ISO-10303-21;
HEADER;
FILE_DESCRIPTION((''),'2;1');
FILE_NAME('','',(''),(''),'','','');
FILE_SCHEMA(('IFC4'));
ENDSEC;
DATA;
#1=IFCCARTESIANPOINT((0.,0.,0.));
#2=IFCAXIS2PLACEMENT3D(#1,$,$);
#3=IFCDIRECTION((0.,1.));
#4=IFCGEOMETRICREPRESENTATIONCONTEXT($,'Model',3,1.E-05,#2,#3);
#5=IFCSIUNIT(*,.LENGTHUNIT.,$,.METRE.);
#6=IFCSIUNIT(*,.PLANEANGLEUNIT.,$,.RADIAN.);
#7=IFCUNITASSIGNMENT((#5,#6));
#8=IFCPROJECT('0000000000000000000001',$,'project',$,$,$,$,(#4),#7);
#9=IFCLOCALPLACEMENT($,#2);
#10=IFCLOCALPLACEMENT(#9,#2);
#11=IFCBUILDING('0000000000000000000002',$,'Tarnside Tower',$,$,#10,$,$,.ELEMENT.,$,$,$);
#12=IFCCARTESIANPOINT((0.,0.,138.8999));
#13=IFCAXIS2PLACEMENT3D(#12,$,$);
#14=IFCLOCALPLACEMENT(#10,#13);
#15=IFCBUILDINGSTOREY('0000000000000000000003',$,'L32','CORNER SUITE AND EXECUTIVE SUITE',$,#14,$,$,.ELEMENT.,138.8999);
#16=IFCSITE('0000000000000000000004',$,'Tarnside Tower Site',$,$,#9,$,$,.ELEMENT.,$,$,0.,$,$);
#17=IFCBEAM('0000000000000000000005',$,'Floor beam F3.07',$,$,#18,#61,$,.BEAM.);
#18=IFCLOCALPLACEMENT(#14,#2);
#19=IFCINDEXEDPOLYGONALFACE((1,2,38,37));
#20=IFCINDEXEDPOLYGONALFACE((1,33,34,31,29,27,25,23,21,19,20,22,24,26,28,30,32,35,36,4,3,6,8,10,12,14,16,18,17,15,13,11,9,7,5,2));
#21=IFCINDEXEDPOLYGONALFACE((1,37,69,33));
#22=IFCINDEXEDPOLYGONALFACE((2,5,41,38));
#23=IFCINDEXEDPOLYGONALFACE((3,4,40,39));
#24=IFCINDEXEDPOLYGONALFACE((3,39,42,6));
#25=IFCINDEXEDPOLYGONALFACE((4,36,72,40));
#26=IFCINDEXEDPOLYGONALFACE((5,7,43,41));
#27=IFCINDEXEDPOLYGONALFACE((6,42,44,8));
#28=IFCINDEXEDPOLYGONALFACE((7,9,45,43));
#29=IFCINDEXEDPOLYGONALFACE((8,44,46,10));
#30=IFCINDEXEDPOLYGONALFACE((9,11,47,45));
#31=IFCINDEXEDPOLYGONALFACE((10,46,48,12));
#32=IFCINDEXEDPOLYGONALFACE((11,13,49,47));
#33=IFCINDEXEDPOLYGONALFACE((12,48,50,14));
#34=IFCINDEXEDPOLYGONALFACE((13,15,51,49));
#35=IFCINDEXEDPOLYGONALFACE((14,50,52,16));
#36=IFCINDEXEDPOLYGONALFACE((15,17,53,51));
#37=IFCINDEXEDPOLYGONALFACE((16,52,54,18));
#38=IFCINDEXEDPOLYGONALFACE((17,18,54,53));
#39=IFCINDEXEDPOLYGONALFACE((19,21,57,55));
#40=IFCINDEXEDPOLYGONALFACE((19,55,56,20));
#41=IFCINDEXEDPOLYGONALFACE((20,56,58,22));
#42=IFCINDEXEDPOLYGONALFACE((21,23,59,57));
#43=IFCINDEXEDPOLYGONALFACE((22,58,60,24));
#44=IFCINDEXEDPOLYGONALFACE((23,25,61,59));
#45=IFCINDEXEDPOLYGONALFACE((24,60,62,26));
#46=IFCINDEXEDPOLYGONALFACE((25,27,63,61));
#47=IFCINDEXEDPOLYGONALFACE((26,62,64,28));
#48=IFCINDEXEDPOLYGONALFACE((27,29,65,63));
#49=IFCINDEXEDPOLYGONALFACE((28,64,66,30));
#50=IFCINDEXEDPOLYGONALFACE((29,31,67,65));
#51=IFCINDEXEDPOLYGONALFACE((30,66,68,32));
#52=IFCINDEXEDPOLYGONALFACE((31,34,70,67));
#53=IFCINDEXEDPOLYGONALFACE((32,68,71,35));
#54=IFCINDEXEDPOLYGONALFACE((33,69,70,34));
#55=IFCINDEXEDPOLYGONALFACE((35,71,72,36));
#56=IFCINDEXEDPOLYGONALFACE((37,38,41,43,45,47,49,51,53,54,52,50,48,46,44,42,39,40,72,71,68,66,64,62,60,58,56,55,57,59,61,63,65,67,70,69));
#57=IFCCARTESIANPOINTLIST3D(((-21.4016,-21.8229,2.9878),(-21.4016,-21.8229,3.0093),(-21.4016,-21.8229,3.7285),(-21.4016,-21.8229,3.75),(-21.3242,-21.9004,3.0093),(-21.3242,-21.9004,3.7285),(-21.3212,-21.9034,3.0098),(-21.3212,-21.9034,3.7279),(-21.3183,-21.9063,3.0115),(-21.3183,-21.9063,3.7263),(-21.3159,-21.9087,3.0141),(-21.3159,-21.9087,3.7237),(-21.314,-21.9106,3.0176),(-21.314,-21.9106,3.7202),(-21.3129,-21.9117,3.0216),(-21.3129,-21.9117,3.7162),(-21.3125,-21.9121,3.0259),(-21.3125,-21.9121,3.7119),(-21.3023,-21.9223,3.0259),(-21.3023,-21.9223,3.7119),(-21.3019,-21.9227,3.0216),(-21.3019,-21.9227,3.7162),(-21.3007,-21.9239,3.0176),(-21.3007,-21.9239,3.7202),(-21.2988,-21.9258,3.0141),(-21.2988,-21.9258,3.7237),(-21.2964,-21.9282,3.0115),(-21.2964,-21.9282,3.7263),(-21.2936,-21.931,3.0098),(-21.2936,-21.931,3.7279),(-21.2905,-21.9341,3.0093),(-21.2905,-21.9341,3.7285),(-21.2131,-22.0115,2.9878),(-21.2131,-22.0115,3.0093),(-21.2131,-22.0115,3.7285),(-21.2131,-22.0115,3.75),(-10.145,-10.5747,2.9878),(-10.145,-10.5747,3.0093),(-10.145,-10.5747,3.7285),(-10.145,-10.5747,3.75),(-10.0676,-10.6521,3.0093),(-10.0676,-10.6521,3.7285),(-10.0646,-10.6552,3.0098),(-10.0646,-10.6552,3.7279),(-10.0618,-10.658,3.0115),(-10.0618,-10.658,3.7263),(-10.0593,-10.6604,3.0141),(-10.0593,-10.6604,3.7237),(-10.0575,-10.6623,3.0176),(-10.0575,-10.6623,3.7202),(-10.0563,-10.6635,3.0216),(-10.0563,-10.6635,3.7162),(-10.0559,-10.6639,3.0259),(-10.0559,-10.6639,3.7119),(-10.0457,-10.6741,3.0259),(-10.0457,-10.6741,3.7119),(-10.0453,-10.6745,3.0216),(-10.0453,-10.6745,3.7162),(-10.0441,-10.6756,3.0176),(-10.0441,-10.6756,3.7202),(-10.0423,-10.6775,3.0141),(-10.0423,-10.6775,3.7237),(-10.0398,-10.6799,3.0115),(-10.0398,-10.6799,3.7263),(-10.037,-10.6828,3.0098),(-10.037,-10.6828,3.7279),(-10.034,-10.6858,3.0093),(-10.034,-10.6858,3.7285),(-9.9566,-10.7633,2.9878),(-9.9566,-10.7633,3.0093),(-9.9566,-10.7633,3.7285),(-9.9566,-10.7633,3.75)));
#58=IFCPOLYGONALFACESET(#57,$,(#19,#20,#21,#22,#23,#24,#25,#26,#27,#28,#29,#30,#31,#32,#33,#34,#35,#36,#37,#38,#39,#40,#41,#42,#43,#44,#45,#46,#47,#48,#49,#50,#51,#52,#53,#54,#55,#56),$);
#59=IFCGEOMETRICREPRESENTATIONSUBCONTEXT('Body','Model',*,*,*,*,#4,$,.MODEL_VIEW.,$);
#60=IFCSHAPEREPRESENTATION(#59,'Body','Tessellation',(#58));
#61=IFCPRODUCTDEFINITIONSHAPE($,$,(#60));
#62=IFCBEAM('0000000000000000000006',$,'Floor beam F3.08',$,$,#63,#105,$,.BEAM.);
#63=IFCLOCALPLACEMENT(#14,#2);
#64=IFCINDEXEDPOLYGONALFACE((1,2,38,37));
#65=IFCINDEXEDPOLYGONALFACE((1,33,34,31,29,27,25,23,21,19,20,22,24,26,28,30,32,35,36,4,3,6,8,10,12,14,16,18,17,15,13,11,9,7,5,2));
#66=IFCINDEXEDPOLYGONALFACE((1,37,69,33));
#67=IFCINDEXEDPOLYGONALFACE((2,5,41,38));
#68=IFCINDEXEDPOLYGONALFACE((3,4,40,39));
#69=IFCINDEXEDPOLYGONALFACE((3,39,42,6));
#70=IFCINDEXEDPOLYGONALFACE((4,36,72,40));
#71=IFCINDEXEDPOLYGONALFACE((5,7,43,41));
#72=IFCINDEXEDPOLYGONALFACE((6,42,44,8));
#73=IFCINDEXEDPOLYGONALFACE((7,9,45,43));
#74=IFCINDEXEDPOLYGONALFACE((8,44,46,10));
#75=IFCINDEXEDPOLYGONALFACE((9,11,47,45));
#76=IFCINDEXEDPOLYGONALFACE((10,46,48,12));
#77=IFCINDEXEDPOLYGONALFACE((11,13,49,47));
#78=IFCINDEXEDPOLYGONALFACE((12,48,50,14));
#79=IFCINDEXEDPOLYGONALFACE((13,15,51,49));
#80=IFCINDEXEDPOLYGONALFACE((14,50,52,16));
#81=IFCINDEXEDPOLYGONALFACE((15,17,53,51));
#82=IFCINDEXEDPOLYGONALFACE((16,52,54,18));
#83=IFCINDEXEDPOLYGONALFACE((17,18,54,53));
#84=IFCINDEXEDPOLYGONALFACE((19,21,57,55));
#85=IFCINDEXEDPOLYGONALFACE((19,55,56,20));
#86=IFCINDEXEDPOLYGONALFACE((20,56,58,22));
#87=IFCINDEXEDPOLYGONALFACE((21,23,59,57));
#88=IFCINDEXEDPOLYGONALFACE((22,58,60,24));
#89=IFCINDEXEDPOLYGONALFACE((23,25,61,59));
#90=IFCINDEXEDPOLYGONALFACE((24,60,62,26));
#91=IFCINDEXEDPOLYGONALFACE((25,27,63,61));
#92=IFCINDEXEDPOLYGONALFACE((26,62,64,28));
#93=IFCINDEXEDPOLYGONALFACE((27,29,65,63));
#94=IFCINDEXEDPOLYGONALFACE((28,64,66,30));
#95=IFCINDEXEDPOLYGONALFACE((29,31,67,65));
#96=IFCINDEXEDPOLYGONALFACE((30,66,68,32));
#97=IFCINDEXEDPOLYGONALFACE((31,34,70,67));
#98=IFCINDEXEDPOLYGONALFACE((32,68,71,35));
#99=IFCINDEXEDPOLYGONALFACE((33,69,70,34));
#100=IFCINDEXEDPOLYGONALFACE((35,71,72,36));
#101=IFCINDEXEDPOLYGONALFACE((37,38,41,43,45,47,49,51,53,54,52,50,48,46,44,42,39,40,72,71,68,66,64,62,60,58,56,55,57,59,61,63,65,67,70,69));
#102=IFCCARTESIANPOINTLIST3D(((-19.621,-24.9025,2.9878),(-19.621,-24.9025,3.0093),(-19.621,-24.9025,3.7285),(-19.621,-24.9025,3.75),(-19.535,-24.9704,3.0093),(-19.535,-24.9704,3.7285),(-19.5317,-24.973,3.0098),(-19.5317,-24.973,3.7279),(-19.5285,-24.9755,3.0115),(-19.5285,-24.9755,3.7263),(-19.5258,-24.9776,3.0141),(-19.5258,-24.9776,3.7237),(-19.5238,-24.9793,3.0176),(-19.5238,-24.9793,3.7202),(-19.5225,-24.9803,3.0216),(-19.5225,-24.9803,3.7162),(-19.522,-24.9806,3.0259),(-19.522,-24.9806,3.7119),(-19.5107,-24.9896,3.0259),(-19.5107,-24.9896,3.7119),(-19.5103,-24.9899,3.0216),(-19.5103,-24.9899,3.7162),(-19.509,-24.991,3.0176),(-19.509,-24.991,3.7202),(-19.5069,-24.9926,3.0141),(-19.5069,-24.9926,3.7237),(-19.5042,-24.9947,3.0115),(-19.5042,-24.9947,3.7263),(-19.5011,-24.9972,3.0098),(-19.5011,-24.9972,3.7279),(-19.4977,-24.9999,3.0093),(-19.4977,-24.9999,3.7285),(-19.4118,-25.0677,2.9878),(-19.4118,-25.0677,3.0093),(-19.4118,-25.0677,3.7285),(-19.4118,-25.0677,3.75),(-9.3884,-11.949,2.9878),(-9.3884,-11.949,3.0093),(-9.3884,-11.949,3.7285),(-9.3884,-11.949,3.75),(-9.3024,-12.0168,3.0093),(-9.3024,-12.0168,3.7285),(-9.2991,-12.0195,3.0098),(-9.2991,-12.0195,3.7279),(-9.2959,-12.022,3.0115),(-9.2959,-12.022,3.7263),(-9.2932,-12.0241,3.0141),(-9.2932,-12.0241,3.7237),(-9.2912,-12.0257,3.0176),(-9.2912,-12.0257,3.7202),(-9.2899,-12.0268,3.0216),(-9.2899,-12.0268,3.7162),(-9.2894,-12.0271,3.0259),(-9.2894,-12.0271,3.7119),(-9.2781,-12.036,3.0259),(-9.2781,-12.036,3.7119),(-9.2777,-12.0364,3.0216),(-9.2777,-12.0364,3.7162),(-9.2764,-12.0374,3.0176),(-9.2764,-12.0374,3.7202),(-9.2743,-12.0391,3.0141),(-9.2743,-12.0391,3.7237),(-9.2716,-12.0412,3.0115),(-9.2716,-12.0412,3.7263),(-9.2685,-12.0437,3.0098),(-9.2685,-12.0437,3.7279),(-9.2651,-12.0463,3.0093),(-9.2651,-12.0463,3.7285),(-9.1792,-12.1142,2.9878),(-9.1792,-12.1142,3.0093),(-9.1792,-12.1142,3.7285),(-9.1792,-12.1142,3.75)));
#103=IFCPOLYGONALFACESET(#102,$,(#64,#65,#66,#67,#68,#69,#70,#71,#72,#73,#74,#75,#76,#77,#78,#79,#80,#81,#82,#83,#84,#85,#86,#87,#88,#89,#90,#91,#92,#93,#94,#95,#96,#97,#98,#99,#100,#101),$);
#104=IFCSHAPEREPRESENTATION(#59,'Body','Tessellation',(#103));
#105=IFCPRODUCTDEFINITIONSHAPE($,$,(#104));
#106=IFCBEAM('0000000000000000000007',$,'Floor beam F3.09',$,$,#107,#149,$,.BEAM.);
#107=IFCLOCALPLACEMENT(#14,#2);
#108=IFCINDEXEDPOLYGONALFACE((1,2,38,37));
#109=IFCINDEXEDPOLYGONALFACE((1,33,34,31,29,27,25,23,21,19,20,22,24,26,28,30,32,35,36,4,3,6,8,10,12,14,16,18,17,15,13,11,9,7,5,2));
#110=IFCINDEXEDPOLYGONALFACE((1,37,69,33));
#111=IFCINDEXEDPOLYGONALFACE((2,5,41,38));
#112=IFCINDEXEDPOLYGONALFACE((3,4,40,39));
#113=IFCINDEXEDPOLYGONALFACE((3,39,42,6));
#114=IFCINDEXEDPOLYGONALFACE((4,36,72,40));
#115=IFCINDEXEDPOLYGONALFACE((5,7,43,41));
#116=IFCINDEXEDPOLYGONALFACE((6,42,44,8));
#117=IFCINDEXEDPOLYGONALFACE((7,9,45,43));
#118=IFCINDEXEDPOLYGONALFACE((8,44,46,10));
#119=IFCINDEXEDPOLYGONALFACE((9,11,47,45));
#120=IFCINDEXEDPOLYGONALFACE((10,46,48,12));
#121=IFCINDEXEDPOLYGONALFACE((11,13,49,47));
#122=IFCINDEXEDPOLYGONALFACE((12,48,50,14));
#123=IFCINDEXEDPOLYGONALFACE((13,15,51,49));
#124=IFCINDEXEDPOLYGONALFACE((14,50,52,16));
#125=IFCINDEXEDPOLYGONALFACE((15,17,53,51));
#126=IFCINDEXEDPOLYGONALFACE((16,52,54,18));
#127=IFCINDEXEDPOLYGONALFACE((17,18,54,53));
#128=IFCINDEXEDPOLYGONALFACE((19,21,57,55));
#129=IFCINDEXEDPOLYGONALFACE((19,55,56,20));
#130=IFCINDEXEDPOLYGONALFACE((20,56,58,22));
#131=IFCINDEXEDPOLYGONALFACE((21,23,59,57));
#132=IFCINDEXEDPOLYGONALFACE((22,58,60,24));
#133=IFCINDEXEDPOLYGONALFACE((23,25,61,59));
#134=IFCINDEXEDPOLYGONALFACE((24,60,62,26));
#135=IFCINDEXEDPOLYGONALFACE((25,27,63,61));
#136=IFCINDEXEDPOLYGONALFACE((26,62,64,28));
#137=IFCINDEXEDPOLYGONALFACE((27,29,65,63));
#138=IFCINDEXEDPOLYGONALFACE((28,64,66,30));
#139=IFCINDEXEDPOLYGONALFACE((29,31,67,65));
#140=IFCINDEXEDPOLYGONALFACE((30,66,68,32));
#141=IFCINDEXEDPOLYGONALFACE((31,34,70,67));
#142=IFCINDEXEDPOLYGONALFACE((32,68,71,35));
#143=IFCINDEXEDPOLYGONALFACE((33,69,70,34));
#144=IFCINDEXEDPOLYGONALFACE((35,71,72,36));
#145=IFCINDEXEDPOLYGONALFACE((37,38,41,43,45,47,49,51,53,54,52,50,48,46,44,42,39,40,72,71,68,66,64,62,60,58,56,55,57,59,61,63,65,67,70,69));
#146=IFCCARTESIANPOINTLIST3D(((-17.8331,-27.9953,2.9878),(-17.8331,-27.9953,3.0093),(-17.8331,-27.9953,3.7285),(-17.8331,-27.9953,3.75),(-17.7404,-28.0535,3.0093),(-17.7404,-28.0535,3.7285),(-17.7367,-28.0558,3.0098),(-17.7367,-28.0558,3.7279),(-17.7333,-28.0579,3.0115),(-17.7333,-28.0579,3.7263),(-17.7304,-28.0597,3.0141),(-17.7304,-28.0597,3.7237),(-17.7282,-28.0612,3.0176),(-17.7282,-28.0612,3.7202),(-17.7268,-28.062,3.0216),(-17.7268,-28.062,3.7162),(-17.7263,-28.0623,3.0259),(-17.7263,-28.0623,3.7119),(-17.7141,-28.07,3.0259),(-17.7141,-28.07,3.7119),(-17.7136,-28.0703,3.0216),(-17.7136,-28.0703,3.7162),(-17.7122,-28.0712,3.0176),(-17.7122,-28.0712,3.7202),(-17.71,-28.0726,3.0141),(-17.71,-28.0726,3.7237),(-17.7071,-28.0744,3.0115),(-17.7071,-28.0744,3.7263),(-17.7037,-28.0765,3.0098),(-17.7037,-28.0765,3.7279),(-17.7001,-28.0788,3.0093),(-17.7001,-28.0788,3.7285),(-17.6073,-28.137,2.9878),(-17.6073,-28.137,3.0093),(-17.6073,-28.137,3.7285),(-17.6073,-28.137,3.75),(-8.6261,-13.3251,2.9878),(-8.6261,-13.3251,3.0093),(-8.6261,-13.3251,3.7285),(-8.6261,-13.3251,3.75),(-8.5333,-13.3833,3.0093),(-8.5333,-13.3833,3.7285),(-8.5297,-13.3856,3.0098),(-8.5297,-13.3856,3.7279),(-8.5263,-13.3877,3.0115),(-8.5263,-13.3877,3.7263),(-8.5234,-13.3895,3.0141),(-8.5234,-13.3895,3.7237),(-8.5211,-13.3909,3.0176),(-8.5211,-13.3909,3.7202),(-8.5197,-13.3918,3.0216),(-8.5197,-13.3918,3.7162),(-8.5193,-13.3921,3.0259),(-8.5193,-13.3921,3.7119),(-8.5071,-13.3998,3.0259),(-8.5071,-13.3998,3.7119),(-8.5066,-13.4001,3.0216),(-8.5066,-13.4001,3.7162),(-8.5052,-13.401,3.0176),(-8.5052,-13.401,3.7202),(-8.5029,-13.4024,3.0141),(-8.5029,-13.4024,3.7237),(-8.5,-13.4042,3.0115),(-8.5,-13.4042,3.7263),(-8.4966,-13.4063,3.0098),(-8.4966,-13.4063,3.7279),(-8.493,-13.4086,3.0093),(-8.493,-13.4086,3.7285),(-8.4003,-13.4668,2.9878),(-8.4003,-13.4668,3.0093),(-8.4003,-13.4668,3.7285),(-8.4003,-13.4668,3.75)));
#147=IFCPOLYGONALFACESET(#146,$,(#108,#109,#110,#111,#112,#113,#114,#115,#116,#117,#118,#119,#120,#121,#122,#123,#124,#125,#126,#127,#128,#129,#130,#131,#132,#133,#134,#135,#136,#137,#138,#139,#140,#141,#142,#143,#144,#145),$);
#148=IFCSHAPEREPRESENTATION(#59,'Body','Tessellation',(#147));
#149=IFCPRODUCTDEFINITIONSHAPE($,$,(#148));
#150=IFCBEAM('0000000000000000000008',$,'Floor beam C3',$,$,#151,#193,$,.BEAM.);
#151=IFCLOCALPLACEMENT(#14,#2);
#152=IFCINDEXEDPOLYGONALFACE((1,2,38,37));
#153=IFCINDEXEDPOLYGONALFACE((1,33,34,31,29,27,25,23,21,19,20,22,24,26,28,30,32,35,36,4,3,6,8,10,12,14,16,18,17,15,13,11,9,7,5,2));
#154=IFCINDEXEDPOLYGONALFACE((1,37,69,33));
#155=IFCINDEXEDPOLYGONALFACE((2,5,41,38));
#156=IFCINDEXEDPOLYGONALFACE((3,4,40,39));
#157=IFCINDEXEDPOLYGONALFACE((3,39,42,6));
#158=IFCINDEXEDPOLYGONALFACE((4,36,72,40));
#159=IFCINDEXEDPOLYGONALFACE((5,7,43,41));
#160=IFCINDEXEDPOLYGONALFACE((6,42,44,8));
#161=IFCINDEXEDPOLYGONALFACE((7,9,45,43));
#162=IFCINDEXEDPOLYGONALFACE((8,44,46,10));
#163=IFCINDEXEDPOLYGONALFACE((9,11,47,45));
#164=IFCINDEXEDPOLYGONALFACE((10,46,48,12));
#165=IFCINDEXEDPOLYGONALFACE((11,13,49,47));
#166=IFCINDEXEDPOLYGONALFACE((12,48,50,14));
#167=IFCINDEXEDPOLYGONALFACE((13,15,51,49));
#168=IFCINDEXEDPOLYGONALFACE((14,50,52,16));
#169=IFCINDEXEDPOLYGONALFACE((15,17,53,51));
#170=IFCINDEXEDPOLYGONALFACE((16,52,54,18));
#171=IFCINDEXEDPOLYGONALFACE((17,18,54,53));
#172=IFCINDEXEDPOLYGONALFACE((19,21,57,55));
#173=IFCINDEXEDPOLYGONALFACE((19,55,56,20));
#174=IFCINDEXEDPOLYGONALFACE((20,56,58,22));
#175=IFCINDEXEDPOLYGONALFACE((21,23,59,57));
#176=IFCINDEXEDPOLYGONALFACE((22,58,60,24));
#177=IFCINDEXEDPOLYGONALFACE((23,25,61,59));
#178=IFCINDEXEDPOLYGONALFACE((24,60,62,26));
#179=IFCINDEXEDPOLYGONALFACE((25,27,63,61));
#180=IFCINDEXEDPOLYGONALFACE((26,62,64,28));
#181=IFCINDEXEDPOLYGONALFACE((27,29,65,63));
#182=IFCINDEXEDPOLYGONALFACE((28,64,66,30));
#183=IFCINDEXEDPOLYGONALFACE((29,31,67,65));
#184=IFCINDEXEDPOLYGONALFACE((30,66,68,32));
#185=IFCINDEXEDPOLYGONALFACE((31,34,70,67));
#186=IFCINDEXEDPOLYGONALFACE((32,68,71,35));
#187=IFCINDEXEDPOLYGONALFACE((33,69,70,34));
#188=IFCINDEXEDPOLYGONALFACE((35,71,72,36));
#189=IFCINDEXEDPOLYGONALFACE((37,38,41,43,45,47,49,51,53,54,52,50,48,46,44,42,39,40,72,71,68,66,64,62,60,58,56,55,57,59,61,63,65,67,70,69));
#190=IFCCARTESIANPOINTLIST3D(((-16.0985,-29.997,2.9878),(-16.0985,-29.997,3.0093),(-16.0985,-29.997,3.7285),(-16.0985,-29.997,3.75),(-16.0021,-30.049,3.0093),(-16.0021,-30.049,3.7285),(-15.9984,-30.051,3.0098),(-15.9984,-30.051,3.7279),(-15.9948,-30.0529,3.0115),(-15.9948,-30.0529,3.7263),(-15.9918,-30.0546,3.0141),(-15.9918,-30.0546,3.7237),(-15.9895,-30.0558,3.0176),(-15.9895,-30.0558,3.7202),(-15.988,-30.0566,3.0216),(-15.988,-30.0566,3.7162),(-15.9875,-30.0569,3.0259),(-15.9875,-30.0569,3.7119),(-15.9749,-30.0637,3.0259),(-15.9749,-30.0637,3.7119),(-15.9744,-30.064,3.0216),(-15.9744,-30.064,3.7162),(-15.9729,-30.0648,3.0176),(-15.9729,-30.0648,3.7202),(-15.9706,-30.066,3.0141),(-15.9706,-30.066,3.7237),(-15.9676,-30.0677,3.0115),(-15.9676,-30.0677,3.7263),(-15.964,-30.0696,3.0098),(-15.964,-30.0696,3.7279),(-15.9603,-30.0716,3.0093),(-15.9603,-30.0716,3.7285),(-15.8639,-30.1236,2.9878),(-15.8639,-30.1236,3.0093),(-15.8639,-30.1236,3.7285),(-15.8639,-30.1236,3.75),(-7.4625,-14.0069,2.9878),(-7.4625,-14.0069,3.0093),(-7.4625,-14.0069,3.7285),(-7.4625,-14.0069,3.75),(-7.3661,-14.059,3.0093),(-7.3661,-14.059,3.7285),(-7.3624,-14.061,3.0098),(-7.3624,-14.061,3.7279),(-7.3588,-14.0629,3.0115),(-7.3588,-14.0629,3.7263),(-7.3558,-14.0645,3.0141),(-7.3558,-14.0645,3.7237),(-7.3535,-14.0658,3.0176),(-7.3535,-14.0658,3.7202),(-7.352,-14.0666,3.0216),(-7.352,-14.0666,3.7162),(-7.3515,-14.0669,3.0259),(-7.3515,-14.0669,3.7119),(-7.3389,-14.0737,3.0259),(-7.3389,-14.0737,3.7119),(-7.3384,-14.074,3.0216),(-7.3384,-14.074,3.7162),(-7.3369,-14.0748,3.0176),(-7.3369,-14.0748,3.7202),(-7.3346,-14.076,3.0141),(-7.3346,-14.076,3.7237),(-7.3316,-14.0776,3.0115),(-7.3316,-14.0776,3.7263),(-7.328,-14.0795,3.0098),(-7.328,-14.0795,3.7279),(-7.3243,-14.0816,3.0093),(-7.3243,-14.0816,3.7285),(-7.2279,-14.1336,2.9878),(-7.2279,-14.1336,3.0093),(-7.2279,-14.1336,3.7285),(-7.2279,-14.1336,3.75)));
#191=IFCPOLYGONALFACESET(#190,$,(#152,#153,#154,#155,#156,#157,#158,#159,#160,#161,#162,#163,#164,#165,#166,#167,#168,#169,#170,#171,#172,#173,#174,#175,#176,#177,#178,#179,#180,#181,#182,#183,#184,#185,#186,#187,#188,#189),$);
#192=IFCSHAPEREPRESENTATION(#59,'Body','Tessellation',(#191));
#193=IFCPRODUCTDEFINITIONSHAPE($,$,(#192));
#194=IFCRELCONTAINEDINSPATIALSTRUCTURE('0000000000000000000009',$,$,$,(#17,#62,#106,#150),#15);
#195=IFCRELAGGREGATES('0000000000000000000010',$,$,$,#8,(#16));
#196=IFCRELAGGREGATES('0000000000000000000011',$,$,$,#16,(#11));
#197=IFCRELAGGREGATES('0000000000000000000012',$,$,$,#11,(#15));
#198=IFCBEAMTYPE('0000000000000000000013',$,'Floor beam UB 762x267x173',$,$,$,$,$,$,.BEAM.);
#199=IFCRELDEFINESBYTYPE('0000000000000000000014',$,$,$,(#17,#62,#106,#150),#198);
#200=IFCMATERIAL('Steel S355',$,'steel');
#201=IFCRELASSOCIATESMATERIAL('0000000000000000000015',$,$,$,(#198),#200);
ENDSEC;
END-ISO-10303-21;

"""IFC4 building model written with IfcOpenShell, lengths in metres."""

from ifc_helpers import new_model, si_unit, direction, frame, origin, origin_2d, place, context, subcontext, project, spatial, i_section, extrude, material, material_profile, profile_set, type_object, element, save


model = new_model("IFC4")

# Units and contexts
model_context = context("Model", 3, precision=1e-05, world=origin(), true_north=direction((0.0, 1.0)))
body_context = subcontext(model_context, "Body", "Model", "MODEL_VIEW")
ifc_project = project(units=[si_unit("LENGTHUNIT", "METRE"), si_unit("PLANEANGLEUNIT", "RADIAN")], contexts=[model_context])

# Site, building, storey
site_placement = place(None, origin())
site = spatial("IfcSite", under=ifc_project, at=site_placement, Name="Tarnside Tower Site", CompositionType="ELEMENT", RefElevation=0.0)
building_placement = place(site_placement, origin())
building = spatial("IfcBuilding", under=site, at=building_placement, Name="Tarnside Tower", CompositionType="ELEMENT")
storey_placement = place(building_placement, frame((0.0, 0.0, 138.8999)))
storey = spatial("IfcBuildingStorey", under=building, at=storey_placement, Name="L32", Description="CORNER SUITE AND EXECUTIVE SUITE", CompositionType="ELEMENT", Elevation=138.8999)

# Beams
ifc_material_1 = material(Name="Steel S355", Category="steel")
ifc_material_profile_1 = material_profile(ifc_material_1, i_section(OverallWidth=0.2666, OverallDepth=0.7622, WebThickness=0.0144, FlangeThickness=0.0215, FilletRadius=0.0166, at=origin_2d()), Name="UB 762x267x173")
ifc_profile_set_1 = profile_set([ifc_material_profile_1], Name="Steel S355")
beam_type_1 = type_object("IfcBeamType", Name="Floor beam UB 762x267x173", PredefinedType="BEAM", material=ifc_profile_set_1)
beam_1_placement = place(storey_placement, frame((-21.3074, -21.9172, 3.3689), z_axis=(0.707368, 0.706846, 0.0), x_axis=(-0.706846, 0.707368, 0.0)))
element("IfcBeam", 1, at=beam_1_placement, inside=storey, type_object=beam_type_1, Name="Floor beam F3.07", PredefinedType="BEAM", context=body_context, shape_type="SweptSolid", body=[
    extrude(i_section(OverallWidth=0.2666, OverallDepth=0.7622, WebThickness=0.0144, FlangeThickness=0.0215, FilletRadius=0.0166, at=origin_2d()), origin(), (0.0, 0.0, 1.0), 15.9133),
])
beam_2_placement = place(storey_placement, frame((-19.5164, -24.9851, 3.3689), z_axis=(0.619873, 0.784702, 0.0), x_axis=(-0.784702, 0.619873, 0.0)))
element("IfcBeam", 2, at=beam_2_placement, inside=storey, type_object=beam_type_1, Name="Floor beam F3.08", PredefinedType="BEAM", context=body_context, shape_type="SweptSolid", body=[
    extrude(i_section(OverallWidth=0.2666, OverallDepth=0.7622, WebThickness=0.0144, FlangeThickness=0.0215, FilletRadius=0.0166, at=origin_2d()), origin(), (0.0, 0.0, 1.0), 16.5076),
])
beam_3_placement = place(storey_placement, frame((-17.7202, -28.0662, 3.3689), z_axis=(0.531583, 0.847006, 0.0), x_axis=(-0.847006, 0.531583, 0.0)))
element("IfcBeam", 3, at=beam_3_placement, inside=storey, type_object=beam_type_1, Name="Floor beam F3.09", PredefinedType="BEAM", context=body_context, shape_type="SweptSolid", body=[
    extrude(i_section(OverallWidth=0.2666, OverallDepth=0.7622, WebThickness=0.0144, FlangeThickness=0.0215, FilletRadius=0.0166, at=origin_2d()), origin(), (0.0, 0.0, 1.0), 17.3201),
])
beam_4_placement = place(storey_placement, frame((-15.9812, -30.0603, 3.3689), z_axis=(0.475208, 0.879873, 0.0), x_axis=(-0.879873, 0.475208, 0.0)))
element("IfcBeam", 4, at=beam_4_placement, inside=storey, type_object=beam_type_1, Name="Floor beam C3", PredefinedType="BEAM", context=body_context, shape_type="SweptSolid", body=[
    extrude(i_section(OverallWidth=0.2666, OverallDepth=0.7622, WebThickness=0.0144, FlangeThickness=0.0215, FilletRadius=0.0166, at=origin_2d()), origin(), (0.0, 0.0, 1.0), 18.1731),
])

save(model, "model.ifc")
